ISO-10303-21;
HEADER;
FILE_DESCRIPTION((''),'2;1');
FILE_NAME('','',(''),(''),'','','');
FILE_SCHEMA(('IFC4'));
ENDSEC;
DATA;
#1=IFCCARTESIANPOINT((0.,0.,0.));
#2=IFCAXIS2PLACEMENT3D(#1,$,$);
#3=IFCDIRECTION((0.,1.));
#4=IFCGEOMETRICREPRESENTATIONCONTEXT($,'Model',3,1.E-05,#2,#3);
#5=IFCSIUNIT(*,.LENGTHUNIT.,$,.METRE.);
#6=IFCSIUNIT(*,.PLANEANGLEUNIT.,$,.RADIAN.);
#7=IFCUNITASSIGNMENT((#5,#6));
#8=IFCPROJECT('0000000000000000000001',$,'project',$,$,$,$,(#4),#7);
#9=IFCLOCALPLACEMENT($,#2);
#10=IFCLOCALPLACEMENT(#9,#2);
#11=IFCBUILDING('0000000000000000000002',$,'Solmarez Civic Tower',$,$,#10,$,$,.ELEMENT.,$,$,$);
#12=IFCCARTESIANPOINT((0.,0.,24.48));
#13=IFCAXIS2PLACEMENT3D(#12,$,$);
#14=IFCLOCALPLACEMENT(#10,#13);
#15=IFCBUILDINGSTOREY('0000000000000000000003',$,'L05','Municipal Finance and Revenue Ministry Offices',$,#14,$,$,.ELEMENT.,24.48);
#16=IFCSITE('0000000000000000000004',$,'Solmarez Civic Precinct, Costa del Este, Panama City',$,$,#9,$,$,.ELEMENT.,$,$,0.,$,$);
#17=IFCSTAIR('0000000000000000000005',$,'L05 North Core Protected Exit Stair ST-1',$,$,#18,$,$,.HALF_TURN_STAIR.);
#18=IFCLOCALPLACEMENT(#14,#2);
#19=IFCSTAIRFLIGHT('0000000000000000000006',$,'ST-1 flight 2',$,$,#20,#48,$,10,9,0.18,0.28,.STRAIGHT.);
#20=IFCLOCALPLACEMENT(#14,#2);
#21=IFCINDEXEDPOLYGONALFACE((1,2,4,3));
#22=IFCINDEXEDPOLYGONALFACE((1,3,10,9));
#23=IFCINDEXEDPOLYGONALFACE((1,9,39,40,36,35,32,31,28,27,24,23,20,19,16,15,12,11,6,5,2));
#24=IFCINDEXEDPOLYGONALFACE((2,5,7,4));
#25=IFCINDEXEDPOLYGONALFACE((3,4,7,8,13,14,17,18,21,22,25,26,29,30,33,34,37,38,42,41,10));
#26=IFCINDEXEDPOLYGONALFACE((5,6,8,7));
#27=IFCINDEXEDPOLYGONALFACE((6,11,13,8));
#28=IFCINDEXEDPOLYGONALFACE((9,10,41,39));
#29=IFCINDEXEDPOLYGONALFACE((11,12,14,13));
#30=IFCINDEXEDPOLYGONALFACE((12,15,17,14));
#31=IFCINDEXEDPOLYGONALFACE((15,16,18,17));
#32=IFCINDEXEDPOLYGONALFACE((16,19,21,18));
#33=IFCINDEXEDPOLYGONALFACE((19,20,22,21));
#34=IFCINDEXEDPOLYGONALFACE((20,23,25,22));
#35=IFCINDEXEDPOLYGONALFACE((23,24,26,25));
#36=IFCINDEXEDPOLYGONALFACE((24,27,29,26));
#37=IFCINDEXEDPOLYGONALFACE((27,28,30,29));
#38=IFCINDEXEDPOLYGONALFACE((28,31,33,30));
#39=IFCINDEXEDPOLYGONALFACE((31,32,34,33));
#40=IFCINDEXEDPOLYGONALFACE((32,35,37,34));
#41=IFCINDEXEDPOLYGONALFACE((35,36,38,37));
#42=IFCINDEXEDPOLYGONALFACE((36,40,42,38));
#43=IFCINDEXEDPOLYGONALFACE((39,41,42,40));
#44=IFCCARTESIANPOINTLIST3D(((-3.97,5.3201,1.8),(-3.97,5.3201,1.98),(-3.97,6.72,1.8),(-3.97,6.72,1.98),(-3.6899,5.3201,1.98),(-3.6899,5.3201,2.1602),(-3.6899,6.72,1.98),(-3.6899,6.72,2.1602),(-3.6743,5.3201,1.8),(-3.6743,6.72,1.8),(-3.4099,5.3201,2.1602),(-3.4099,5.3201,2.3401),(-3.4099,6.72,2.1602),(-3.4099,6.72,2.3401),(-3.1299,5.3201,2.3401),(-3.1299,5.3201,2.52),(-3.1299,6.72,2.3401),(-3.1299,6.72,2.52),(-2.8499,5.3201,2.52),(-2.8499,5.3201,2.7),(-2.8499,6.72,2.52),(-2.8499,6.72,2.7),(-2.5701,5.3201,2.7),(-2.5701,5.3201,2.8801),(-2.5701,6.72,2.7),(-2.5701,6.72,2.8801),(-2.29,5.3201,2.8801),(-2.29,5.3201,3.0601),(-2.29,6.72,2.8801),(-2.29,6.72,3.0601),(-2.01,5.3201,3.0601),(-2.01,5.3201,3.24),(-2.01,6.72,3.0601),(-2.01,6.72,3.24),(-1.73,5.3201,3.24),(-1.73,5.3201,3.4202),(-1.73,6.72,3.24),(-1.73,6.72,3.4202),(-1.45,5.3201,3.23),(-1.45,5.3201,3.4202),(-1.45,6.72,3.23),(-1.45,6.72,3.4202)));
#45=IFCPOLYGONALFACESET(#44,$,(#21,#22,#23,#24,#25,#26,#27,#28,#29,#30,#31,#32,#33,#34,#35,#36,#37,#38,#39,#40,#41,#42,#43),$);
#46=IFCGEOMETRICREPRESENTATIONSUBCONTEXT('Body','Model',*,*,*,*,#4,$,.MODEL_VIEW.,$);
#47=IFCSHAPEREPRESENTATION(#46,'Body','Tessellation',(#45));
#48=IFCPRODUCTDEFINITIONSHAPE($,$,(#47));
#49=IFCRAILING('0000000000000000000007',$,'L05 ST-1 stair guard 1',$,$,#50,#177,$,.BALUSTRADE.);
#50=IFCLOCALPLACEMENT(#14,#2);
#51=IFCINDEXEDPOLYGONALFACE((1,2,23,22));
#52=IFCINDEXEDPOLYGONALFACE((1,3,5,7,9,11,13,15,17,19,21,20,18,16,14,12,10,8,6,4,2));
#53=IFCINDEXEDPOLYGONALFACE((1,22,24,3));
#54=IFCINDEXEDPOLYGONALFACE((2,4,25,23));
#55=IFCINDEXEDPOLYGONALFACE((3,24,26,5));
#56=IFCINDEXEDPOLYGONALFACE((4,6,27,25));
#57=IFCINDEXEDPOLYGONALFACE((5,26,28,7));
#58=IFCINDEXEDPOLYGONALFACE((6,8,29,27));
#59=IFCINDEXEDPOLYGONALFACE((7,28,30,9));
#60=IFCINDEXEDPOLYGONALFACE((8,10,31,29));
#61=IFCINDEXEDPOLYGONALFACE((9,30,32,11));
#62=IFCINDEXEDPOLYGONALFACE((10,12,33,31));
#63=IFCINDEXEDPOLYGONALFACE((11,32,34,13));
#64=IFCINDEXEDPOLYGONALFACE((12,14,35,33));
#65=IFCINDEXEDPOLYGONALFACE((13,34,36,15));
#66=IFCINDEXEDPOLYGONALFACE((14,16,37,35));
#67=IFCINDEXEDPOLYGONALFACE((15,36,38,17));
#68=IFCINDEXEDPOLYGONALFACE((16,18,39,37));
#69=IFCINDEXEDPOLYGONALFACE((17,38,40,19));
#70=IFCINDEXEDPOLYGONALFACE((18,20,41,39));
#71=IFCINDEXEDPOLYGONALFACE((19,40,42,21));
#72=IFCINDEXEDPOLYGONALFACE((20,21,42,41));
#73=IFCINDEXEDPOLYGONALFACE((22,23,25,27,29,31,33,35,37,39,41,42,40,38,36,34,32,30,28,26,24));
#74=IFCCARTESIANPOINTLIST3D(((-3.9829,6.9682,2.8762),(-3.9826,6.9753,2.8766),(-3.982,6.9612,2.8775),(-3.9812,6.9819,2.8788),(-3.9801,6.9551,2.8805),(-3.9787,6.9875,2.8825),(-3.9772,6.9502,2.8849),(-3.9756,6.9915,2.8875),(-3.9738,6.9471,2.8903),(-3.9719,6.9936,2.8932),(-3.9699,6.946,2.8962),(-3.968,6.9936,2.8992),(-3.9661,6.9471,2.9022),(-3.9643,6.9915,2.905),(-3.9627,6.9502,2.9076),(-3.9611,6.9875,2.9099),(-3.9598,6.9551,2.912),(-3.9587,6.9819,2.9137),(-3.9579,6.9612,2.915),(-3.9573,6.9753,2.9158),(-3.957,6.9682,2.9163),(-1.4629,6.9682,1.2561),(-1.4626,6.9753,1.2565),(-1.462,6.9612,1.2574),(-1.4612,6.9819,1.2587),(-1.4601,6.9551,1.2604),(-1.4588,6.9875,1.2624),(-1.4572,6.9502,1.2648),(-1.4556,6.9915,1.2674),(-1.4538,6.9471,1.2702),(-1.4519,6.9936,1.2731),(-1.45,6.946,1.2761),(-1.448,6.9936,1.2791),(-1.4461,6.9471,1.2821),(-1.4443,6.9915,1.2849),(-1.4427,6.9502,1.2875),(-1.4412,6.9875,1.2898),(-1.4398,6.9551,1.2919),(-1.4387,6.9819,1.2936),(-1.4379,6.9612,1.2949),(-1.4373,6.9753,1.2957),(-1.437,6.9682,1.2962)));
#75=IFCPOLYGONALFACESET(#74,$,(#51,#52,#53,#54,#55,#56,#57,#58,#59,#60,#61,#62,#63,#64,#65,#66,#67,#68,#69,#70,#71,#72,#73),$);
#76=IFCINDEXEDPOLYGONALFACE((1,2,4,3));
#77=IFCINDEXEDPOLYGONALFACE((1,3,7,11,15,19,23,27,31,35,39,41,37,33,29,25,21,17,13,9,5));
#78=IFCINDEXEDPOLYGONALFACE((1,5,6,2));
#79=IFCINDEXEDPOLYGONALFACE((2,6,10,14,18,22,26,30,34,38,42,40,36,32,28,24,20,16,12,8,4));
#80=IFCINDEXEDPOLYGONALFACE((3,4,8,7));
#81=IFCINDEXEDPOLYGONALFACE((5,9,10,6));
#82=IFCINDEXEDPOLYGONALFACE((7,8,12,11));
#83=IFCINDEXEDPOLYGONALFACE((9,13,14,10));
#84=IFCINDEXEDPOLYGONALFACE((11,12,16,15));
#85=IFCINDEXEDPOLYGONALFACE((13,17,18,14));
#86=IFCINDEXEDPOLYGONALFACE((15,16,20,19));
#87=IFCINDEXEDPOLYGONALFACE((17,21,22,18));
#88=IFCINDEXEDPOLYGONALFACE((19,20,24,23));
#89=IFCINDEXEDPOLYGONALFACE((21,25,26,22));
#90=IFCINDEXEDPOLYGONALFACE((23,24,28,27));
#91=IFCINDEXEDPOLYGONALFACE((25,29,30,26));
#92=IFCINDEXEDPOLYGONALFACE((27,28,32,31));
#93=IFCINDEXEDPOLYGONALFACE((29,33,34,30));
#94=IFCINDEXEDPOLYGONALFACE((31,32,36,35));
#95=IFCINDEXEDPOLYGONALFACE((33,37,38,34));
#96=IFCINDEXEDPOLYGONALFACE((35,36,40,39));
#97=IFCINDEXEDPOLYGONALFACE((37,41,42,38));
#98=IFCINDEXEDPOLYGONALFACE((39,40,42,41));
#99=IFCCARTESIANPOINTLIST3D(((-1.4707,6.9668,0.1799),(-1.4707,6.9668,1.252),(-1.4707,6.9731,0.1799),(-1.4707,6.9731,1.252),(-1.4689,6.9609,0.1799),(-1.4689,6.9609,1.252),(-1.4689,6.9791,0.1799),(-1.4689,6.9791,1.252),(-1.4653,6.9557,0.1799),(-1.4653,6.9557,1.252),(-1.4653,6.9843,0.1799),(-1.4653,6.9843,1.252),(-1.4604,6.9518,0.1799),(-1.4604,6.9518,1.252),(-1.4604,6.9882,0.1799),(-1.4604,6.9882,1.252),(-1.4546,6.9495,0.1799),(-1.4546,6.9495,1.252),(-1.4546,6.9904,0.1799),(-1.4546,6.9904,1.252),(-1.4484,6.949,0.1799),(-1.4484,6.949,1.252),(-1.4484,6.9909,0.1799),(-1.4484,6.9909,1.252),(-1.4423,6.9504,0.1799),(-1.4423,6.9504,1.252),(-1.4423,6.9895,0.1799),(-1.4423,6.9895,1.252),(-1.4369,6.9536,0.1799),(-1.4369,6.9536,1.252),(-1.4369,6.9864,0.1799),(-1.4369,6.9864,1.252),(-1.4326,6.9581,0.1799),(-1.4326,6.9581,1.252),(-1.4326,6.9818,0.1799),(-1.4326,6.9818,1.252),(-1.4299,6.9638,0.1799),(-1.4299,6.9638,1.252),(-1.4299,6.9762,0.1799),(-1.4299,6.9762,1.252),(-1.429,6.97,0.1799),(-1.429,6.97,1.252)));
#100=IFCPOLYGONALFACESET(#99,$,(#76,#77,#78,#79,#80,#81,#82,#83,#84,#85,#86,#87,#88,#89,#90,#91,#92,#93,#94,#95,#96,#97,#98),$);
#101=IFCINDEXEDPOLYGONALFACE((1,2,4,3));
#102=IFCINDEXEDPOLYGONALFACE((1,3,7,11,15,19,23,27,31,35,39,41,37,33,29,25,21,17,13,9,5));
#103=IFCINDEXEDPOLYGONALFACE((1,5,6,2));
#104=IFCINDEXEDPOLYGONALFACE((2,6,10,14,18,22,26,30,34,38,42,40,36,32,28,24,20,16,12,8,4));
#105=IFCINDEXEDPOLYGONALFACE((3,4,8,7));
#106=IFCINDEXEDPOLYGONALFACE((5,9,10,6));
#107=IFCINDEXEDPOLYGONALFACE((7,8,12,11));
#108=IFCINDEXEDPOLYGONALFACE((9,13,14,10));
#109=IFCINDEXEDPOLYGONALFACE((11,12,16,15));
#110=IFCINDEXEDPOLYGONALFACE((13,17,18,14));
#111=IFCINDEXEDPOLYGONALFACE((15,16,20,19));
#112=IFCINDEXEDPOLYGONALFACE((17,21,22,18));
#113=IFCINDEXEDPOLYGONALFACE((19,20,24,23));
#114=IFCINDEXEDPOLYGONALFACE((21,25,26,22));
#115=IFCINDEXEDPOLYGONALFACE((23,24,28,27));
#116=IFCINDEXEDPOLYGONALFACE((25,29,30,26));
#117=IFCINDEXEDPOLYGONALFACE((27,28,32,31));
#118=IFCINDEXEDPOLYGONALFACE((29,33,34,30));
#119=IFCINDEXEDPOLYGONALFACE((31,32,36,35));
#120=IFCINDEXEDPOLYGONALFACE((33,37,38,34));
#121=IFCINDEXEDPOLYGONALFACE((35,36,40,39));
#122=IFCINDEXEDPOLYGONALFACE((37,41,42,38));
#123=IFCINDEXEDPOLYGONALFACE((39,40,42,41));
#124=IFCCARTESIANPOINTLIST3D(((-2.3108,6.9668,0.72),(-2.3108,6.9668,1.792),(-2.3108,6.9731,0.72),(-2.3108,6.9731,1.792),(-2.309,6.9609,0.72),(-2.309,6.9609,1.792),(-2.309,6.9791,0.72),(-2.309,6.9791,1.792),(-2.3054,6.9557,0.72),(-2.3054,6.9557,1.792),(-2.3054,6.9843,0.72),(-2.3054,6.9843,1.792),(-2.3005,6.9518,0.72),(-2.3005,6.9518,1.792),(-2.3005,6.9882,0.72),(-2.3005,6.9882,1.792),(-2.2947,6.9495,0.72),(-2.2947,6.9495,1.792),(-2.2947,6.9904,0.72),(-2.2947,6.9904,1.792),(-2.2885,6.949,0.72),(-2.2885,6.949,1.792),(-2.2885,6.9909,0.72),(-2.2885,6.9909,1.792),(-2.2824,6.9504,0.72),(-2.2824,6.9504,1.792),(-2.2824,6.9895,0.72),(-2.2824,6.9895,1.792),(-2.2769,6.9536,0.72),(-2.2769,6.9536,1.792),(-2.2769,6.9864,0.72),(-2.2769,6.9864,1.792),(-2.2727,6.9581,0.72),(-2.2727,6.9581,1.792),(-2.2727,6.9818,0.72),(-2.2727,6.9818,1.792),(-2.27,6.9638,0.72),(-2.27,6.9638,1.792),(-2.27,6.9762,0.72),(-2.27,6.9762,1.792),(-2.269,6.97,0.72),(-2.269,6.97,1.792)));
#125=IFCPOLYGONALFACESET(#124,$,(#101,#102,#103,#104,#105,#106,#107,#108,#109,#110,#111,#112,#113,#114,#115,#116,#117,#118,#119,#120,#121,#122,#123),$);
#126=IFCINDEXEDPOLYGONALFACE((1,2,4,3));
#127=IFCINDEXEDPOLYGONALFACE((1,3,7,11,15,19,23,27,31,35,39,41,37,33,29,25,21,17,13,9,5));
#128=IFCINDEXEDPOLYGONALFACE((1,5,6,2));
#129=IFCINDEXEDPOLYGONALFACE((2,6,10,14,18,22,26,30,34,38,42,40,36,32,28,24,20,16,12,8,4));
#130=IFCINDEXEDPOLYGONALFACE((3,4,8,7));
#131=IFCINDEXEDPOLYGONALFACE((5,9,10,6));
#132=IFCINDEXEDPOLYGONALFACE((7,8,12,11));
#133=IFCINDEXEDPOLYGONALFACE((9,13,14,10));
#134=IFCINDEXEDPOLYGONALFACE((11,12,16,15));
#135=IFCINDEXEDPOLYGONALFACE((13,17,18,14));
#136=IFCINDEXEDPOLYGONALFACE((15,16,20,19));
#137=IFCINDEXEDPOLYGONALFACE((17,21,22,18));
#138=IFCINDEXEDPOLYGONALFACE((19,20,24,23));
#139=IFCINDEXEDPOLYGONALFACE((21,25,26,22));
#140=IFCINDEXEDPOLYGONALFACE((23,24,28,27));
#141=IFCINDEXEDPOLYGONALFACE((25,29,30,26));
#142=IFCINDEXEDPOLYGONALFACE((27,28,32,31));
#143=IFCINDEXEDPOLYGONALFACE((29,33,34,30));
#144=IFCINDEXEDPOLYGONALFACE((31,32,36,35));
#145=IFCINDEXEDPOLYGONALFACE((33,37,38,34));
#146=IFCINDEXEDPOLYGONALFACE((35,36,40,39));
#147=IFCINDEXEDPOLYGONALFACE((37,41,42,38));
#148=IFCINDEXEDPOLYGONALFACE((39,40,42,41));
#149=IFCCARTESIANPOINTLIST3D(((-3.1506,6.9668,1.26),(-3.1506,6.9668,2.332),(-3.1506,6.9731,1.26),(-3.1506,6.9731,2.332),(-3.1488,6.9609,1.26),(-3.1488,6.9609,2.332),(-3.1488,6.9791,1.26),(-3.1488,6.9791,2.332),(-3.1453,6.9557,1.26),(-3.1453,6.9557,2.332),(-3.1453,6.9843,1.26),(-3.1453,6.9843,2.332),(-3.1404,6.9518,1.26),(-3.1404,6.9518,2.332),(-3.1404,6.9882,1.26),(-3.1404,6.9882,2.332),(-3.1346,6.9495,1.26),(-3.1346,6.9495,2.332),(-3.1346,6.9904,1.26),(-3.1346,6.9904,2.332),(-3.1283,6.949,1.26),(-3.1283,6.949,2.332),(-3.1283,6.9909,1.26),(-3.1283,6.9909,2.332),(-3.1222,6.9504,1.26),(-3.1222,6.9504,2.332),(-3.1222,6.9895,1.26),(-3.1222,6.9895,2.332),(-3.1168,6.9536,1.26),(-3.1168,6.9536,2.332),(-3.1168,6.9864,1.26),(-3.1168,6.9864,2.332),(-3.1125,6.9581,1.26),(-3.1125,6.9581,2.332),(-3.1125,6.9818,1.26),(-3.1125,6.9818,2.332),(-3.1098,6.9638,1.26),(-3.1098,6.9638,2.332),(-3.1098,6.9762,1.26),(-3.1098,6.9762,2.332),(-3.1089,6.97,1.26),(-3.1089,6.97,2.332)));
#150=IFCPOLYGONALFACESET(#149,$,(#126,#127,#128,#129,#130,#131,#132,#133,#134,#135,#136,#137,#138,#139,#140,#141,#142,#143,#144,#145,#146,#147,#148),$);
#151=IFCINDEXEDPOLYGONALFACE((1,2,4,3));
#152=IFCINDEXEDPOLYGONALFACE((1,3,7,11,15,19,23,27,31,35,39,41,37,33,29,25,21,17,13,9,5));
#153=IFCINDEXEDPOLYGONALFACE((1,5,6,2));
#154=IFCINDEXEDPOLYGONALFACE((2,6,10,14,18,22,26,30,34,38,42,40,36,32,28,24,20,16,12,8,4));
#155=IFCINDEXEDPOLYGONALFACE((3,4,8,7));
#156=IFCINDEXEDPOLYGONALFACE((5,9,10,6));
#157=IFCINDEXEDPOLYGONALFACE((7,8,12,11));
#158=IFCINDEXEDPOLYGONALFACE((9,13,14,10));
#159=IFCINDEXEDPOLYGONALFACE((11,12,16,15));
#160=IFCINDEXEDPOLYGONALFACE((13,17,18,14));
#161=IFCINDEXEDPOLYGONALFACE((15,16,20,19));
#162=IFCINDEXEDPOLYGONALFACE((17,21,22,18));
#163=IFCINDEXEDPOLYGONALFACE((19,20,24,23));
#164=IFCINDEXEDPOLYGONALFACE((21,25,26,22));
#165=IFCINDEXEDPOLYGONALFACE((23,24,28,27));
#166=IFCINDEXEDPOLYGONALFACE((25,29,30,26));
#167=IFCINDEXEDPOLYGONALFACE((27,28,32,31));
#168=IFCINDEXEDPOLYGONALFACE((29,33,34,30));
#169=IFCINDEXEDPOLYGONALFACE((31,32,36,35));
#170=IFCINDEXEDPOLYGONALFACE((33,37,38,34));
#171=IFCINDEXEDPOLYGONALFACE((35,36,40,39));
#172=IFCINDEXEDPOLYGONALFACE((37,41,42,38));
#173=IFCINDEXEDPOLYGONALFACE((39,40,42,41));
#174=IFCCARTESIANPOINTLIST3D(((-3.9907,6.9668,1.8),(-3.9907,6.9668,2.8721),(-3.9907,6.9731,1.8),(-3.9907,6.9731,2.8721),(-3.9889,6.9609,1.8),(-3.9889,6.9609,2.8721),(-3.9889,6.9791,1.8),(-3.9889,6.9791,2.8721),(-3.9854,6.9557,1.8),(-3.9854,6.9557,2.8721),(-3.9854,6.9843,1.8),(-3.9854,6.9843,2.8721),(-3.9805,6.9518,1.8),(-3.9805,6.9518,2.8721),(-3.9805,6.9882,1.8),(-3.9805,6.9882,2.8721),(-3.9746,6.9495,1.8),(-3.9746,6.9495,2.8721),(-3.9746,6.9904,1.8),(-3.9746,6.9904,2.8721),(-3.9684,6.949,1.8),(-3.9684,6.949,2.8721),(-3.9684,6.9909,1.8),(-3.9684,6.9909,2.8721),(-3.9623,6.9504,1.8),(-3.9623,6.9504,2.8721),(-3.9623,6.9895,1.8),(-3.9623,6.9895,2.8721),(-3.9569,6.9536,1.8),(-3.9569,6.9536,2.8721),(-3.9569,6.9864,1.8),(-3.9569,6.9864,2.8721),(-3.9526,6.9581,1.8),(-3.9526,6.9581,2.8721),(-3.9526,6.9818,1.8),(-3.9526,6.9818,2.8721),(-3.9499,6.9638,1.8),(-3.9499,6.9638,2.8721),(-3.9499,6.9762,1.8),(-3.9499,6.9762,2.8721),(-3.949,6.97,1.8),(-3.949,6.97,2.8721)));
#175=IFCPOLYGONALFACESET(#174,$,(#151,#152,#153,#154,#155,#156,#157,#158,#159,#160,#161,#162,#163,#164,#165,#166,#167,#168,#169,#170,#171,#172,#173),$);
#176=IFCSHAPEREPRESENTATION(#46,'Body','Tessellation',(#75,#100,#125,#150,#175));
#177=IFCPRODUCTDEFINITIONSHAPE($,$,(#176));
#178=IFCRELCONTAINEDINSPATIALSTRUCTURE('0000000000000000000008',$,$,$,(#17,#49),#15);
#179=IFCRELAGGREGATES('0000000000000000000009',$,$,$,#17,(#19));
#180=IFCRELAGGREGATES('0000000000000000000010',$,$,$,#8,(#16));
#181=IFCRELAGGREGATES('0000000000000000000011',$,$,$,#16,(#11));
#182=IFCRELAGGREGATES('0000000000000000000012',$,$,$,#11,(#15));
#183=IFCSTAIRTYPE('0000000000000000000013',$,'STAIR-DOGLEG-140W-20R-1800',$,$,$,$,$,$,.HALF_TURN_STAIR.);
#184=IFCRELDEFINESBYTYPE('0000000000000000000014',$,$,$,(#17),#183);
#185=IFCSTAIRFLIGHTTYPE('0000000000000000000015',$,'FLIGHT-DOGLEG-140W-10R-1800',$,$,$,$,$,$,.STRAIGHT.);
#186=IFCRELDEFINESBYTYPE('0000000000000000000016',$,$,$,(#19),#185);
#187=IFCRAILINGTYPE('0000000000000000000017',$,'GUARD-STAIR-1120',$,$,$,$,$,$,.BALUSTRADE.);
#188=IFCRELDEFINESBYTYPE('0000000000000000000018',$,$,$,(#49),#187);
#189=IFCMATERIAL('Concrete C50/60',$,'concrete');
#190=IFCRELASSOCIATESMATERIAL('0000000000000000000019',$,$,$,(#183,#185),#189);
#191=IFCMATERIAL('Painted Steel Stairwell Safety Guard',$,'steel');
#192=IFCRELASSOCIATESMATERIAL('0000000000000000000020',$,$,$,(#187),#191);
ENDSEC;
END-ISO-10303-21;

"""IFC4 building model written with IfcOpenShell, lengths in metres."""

from ifc_helpers import new_model, si_unit, direction, frame, origin, origin_2d, place, context, subcontext, project, spatial, polyline, circle, outline, extrude, material, type_object, element, aggregate, save


model = new_model("IFC4")

# Units and contexts
model_context = context("Model", 3, precision=1e-05, world=origin(), true_north=direction((0.0, 1.0)))
body_context = subcontext(model_context, "Body", "Model", "MODEL_VIEW")
ifc_project = project(units=[si_unit("LENGTHUNIT", "METRE"), si_unit("PLANEANGLEUNIT", "RADIAN")], contexts=[model_context])

# Site, building, storey
site_placement = place(None, origin())
site = spatial("IfcSite", under=ifc_project, at=site_placement, Name="Solmarez Civic Precinct, Costa del Este, Panama City", CompositionType="ELEMENT", RefElevation=0.0)
building_placement = place(site_placement, origin())
building = spatial("IfcBuilding", under=site, at=building_placement, Name="Solmarez Civic Tower", CompositionType="ELEMENT")
storey_placement = place(building_placement, frame((0.0, 0.0, 24.48)))
storey = spatial("IfcBuildingStorey", under=building, at=storey_placement, Name="L05", Description="Municipal Finance and Revenue Ministry Offices", CompositionType="ELEMENT", Elevation=24.48)

# Shared definitions
ifc_material_1 = material(Name="Concrete C50/60", Category="concrete")

# Stair, stair flight
stair_type = type_object("IfcStairType", Name="STAIR-DOGLEG-140W-20R-1800", PredefinedType="HALF_TURN_STAIR", material=ifc_material_1)
stair_placement = place(storey_placement, origin())
stair = element("IfcStair", 1, at=stair_placement, inside=storey, type_object=stair_type, Name="L05 North Core Protected Exit Stair ST-1", PredefinedType="HALF_TURN_STAIR")
stair_flight_type = type_object("IfcStairFlightType", Name="FLIGHT-DOGLEG-140W-10R-1800", PredefinedType="STRAIGHT", material=ifc_material_1)
stair_flight_1_placement = place(storey_placement, frame((-3.97, 6.02, 1.8), z_axis=(0.0, 0.0, 1.0), x_axis=(1.0, 0.0, 0.0)))
stair_flight_1 = element("IfcStairFlight", 2, at=stair_flight_1_placement, type_object=stair_flight_type, Name="ST-1 flight 2", NumberOfRisers=10, NumberOfTreads=9, PredefinedType="STRAIGHT", RiserHeight=0.18, TreadLength=0.28, context=body_context, shape_type="SweptSolid", body=[
    extrude(outline(polyline([(0.0, 0.0), (0.0, 0.1799), (0.28, 0.1799), (0.28, 0.3601), (0.5601, 0.3601), (0.5601, 0.54), (0.8401, 0.54), (0.8401, 0.72), (1.1201, 0.72), (1.1201, 0.8999), (1.3999, 0.8999), (1.3999, 1.0801), (1.6799, 1.0801), (1.6799, 1.26), (1.96, 1.26), (1.96, 1.4399), (2.24, 1.4399), (2.24, 1.6201), (2.52, 1.6201), (2.52, 1.8), (2.52, 1.4299), (0.2957, 0.0), (0.0, 0.0)])), frame((0.0, 0.7, 0.0), z_axis=(0.0, -1.0, 0.0), x_axis=(1.0, 0.0, 0.0)), (0.0, 0.0, 1.0), 1.3999),
])
aggregate(stair, [stair_flight_1])

# Railing
ifc_material_2 = material(Name="Painted Steel Stairwell Safety Guard", Category="steel")
railing_type_1 = type_object("IfcRailingType", Name="GUARD-STAIR-1120", PredefinedType="BALUSTRADE", material=ifc_material_2)
railing_1_placement = place(storey_placement, frame((-1.45, 6.97, 0.1799)))
element("IfcRailing", 3, at=railing_1_placement, inside=storey, type_object=railing_type_1, Name="L05 ST-1 stair guard 1", PredefinedType="BALUSTRADE", context=body_context, shape_type="SweptSolid", body=[
    extrude(circle(Radius=0.0239, at=origin_2d()), frame((0.0, 0.0, 1.0962), z_axis=(-0.841163, 0.0, 0.540782), x_axis=(0.0, -1.0, 0.0)), (0.0, 0.0, 1.0), 2.9958),
    extrude(circle(Radius=0.021, at=origin_2d()), origin(), (0.0, 0.0, 1.0), 1.072),
    extrude(circle(Radius=0.021, at=origin_2d()), frame((-0.8401, 0.0, 0.54)), (0.0, 0.0, 1.0), 1.072),
    extrude(circle(Radius=0.021, at=origin_2d()), frame((-1.6799, 0.0, 1.0801)), (0.0, 0.0, 1.0), 1.072),
    extrude(circle(Radius=0.021, at=origin_2d()), frame((-2.52, 0.0, 1.6201)), (0.0, 0.0, 1.0), 1.072),
])

save(model, "model.ifc")
